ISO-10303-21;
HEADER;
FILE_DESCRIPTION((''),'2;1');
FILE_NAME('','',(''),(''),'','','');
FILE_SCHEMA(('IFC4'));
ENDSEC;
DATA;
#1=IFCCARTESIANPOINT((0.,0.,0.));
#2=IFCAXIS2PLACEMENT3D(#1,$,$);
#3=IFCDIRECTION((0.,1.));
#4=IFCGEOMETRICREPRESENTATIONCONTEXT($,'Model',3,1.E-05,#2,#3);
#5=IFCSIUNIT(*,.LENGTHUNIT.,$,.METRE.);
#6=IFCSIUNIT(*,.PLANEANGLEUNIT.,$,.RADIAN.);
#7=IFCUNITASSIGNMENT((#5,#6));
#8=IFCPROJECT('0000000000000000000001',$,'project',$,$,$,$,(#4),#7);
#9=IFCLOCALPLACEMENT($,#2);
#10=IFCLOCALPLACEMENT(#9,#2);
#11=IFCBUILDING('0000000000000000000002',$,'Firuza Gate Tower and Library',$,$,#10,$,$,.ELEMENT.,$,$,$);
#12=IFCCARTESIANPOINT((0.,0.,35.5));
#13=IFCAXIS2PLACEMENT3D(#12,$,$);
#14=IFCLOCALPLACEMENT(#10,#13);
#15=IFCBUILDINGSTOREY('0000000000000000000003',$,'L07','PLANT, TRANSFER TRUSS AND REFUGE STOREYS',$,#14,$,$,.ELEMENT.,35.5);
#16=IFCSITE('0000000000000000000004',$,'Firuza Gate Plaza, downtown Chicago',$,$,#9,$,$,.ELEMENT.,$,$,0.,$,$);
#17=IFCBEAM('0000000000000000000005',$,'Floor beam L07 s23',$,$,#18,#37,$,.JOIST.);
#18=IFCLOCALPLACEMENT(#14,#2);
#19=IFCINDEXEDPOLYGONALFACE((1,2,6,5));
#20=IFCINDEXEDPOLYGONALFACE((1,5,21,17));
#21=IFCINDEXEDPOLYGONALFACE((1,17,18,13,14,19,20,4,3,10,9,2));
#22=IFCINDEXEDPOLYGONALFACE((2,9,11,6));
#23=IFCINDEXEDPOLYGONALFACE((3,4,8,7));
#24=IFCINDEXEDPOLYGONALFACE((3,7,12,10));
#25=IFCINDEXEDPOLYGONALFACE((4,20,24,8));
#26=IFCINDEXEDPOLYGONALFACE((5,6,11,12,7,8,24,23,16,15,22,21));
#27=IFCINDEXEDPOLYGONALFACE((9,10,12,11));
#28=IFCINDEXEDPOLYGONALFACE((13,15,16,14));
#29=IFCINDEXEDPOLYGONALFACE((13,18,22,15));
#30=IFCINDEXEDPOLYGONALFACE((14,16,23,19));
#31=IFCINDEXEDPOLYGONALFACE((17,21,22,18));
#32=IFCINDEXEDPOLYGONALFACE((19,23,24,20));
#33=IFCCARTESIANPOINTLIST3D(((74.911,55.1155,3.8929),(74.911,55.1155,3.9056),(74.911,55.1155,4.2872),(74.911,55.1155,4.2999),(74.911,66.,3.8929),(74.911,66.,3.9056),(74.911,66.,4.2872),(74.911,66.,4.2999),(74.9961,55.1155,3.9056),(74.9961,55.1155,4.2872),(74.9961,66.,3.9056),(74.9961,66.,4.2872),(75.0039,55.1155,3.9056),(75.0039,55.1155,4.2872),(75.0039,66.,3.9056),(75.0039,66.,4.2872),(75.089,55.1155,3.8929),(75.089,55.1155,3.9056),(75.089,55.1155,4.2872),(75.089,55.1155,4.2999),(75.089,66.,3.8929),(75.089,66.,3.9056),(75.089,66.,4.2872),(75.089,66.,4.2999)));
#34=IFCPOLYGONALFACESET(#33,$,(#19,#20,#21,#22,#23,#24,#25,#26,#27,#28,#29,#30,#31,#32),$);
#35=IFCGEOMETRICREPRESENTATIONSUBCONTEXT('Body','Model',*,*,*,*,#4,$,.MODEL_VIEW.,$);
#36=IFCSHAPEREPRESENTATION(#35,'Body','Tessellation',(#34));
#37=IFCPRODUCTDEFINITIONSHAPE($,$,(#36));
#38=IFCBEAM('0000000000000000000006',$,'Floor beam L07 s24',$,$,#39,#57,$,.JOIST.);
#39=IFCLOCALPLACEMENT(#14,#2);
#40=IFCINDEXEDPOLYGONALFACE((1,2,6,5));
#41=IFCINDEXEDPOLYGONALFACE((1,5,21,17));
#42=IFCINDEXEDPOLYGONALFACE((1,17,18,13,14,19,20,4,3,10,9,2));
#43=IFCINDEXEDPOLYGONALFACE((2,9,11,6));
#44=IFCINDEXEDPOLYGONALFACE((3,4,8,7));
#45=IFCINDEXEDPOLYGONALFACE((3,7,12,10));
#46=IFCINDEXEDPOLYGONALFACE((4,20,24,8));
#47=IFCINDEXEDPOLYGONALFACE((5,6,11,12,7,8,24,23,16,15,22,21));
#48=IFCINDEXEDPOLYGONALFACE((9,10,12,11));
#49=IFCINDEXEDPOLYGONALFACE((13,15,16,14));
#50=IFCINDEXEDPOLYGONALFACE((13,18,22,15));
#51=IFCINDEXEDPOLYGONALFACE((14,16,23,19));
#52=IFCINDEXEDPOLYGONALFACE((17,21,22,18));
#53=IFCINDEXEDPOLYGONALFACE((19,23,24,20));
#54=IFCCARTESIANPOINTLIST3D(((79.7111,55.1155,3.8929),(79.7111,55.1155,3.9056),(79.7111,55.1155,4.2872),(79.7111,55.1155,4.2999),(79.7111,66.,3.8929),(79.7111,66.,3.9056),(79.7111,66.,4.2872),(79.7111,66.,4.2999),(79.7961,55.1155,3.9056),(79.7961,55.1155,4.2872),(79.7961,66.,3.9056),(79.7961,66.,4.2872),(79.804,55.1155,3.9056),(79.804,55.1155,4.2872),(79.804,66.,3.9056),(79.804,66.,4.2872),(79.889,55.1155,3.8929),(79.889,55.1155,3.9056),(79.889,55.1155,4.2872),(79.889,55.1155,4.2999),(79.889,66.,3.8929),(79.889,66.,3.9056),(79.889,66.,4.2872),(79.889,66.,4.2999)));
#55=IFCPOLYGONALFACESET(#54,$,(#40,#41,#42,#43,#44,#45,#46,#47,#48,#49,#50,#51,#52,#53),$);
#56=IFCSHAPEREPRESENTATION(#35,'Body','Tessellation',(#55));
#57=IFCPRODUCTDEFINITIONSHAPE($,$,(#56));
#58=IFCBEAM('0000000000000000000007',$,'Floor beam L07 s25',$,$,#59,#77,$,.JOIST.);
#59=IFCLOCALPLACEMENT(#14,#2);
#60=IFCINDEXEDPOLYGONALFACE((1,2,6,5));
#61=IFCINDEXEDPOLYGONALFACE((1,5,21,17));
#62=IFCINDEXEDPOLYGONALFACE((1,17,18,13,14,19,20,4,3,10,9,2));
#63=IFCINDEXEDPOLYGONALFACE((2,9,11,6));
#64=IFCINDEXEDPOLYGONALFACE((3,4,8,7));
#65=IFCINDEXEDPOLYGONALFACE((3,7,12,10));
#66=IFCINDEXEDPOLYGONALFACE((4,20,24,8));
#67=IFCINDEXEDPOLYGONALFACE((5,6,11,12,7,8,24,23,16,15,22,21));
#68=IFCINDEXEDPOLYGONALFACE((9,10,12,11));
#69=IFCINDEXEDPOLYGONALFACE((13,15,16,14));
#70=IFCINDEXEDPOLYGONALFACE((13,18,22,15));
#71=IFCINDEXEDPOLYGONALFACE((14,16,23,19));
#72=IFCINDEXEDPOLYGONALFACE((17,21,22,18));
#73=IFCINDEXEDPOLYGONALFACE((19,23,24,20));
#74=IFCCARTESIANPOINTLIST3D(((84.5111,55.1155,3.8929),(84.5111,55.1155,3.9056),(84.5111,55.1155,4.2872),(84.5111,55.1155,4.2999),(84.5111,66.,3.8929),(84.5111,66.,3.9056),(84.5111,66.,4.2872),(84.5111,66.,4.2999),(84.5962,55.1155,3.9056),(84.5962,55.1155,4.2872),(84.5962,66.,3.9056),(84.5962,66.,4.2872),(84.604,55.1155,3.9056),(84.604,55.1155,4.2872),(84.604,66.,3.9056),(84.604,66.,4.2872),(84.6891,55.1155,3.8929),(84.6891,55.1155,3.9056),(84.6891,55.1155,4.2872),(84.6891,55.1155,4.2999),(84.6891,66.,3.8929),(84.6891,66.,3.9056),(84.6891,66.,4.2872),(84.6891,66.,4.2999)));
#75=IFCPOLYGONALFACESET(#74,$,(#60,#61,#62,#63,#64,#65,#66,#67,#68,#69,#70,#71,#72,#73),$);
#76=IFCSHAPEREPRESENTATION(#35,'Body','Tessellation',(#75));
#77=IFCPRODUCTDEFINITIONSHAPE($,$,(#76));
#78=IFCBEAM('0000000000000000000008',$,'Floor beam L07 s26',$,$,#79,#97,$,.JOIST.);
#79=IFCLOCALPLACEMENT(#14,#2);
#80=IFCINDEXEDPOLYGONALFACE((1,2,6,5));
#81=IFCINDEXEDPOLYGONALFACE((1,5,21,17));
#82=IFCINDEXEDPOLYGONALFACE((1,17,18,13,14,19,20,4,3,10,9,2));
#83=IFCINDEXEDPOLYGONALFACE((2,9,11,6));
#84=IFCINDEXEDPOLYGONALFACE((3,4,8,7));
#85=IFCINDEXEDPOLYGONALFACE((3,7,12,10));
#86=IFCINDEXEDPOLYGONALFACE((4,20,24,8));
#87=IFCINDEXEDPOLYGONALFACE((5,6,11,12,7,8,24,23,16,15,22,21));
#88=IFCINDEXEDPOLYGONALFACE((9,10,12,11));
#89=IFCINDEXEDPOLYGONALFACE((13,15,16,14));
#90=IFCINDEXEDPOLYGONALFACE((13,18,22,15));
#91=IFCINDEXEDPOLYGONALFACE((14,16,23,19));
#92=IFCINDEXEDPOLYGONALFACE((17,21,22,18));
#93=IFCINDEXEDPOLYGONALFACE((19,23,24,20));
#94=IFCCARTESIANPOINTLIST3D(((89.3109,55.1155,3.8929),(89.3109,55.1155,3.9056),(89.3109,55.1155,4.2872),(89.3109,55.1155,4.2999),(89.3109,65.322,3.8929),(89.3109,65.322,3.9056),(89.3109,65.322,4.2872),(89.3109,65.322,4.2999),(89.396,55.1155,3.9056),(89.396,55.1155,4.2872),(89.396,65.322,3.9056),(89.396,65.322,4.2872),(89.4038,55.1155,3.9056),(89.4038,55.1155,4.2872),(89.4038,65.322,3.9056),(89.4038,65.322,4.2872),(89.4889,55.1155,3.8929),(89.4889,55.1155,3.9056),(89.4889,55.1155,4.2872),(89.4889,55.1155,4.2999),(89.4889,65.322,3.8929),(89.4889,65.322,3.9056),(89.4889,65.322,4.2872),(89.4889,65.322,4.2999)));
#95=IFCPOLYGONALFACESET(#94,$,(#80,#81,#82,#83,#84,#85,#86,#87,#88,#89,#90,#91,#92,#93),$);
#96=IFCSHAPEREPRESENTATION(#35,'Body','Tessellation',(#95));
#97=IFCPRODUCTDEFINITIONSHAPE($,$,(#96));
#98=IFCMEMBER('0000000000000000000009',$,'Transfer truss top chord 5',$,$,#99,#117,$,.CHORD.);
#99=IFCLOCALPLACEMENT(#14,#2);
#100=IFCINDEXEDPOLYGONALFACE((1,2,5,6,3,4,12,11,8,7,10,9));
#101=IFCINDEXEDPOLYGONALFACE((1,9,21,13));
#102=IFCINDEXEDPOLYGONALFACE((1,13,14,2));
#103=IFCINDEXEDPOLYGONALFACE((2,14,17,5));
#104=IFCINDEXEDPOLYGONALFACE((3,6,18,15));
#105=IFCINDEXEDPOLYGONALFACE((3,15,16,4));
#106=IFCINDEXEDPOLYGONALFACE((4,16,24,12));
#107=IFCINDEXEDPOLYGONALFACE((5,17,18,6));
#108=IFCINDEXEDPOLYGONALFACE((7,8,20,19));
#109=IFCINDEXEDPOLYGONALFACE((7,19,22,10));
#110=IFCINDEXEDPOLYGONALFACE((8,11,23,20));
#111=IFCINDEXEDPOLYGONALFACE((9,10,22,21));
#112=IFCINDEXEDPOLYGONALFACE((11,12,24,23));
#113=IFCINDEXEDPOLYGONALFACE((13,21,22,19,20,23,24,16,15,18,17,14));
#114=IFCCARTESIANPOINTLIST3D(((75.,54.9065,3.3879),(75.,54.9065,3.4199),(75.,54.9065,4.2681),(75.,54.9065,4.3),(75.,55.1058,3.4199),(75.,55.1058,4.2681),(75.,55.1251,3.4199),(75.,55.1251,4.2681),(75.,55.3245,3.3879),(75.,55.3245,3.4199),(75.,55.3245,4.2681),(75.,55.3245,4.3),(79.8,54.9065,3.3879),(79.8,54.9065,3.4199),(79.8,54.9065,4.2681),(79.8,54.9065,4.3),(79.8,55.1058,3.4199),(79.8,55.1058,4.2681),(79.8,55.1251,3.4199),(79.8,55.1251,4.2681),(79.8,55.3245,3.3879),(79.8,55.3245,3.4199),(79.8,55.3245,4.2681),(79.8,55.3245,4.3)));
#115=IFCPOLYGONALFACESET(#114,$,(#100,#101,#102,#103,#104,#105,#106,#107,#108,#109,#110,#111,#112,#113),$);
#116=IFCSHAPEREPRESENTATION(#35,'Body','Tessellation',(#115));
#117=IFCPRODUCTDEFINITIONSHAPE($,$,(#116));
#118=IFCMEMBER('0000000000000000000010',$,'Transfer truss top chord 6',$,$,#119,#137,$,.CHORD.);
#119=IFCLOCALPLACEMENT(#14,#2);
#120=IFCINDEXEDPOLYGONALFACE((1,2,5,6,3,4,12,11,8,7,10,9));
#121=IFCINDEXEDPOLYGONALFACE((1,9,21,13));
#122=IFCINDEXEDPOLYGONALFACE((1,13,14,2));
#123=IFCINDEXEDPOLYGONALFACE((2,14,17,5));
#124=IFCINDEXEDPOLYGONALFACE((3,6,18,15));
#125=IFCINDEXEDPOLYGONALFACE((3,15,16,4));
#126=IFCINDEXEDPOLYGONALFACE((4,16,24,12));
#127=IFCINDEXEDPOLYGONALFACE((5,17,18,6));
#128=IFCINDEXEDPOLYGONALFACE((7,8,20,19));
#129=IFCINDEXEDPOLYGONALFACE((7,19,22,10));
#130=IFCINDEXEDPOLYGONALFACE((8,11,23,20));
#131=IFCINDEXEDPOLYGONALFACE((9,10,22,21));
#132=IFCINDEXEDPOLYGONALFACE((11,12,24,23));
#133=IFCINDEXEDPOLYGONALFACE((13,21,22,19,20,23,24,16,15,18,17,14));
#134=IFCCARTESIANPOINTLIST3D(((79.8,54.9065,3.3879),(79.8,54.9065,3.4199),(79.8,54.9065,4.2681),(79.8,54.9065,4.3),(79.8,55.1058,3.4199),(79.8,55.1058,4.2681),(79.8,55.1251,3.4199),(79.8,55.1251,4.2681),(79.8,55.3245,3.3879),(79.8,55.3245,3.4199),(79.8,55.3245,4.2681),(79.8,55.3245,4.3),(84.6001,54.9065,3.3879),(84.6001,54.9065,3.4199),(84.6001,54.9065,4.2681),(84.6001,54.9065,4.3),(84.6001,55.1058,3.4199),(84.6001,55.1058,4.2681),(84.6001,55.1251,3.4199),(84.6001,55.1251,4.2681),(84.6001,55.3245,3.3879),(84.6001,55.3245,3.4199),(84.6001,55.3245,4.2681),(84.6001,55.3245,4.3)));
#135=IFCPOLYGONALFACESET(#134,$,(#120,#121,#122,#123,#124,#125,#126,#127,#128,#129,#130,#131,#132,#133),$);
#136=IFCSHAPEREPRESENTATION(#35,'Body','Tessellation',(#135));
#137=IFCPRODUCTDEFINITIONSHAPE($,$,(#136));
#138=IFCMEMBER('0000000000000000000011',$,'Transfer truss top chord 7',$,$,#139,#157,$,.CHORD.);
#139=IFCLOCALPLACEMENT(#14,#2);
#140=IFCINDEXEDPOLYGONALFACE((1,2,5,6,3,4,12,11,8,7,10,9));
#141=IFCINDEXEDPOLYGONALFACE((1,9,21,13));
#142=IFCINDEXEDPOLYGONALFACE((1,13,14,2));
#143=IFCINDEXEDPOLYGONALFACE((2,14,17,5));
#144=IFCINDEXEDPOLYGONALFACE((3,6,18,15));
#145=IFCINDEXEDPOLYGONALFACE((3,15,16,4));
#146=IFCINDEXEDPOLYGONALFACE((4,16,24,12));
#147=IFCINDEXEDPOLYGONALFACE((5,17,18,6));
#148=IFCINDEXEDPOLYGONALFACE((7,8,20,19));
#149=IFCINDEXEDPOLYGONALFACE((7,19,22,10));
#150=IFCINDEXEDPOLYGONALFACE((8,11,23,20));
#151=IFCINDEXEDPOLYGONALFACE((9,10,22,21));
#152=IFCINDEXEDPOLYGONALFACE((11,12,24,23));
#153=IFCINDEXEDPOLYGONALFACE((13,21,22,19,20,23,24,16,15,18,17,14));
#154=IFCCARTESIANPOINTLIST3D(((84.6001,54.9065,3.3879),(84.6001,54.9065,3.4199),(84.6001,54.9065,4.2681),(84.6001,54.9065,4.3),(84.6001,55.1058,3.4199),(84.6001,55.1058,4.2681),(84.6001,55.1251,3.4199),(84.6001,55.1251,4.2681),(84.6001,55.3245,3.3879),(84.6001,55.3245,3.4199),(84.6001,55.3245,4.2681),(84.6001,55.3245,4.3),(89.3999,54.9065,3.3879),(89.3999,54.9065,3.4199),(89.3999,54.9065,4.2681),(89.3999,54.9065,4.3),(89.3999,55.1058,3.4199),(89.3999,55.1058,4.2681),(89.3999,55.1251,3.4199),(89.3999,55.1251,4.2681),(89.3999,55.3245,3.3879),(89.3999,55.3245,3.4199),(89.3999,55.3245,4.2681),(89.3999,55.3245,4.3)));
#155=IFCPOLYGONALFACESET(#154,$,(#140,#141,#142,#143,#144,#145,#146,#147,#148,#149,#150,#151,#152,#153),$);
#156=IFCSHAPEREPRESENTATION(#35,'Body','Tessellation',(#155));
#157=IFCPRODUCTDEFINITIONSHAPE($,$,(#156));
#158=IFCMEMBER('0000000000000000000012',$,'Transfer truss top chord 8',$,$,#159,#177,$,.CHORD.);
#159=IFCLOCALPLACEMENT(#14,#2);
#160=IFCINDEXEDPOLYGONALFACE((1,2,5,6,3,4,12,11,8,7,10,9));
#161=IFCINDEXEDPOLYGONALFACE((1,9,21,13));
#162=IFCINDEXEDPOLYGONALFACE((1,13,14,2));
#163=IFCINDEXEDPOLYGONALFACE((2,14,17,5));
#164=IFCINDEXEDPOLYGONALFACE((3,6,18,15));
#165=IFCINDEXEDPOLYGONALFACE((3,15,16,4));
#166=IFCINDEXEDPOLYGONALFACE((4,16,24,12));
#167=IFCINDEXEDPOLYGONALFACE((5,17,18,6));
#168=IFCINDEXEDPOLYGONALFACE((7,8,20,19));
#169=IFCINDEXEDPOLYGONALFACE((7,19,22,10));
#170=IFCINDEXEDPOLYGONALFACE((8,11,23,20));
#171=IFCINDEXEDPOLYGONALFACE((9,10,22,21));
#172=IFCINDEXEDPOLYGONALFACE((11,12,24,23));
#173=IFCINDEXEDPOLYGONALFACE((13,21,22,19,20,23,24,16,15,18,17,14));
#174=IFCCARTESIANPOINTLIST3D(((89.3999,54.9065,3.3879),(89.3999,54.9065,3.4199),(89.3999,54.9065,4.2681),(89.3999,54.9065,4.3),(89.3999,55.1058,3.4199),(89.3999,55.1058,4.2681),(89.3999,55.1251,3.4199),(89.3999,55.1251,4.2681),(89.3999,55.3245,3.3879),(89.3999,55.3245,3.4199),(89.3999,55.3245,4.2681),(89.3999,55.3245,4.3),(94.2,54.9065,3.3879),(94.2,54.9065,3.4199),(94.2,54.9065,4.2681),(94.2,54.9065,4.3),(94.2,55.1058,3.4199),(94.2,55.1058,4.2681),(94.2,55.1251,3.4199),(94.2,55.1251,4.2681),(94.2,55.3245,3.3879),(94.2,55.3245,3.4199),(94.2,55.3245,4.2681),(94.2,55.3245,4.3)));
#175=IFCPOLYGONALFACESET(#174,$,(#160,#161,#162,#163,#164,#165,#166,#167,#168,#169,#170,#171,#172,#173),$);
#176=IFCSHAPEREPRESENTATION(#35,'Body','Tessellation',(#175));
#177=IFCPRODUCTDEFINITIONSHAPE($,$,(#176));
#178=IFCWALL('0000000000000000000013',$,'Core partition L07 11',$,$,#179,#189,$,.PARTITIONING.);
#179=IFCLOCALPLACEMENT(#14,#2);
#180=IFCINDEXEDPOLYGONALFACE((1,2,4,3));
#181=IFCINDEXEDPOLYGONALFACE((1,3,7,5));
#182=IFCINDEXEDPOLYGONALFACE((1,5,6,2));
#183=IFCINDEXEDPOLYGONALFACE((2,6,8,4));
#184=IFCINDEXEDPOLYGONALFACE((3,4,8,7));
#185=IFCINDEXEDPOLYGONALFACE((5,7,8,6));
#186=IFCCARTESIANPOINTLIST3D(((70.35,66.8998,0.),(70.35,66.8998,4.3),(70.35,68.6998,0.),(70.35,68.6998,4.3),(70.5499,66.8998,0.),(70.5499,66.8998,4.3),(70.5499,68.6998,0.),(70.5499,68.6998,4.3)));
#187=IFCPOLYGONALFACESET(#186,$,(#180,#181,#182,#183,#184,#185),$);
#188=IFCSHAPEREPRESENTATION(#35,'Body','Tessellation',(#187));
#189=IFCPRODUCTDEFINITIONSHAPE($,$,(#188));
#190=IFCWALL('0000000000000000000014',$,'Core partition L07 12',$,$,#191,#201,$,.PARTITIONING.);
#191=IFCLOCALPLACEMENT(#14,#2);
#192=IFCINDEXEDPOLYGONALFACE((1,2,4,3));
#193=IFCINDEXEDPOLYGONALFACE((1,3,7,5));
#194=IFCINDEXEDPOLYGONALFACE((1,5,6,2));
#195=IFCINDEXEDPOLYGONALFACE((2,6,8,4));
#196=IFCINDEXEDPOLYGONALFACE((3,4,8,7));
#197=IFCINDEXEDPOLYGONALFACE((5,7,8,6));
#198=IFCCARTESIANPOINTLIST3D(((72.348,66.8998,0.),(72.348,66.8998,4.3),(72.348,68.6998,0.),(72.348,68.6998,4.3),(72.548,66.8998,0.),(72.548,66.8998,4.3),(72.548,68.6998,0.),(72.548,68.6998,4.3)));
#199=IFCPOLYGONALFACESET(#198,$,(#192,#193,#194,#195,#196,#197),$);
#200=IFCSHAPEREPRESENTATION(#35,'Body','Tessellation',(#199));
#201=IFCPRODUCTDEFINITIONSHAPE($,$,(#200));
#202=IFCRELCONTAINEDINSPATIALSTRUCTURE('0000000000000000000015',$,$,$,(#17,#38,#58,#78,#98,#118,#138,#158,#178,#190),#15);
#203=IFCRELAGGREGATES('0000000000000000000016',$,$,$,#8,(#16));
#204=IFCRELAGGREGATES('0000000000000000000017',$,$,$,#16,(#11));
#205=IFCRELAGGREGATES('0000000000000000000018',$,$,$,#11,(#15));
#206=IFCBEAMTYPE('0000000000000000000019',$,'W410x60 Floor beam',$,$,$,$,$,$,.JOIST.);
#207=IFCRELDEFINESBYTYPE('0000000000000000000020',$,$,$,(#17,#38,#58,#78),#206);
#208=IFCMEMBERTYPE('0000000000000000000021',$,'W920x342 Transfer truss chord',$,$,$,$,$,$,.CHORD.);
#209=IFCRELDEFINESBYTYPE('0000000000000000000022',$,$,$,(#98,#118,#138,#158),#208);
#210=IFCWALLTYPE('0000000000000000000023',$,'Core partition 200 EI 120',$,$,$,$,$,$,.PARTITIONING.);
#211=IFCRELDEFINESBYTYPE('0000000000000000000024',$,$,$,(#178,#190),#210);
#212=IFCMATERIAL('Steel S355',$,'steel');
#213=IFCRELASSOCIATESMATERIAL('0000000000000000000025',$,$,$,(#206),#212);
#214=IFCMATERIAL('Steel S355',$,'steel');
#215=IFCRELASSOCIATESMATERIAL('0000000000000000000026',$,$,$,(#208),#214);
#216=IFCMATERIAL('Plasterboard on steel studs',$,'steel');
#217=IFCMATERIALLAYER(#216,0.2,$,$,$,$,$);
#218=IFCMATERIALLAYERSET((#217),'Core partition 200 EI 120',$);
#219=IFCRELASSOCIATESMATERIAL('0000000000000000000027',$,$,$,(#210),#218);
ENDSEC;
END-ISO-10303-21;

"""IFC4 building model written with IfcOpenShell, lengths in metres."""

from ifc_helpers import new_model, si_unit, direction, frame, frame_2d, origin, origin_2d, place, context, subcontext, project, spatial, rectangle, i_section, extrude, material, layer, layer_set, material_profile, profile_set, type_object, element, save


model = new_model("IFC4")

# Units and contexts
model_context = context("Model", 3, precision=1e-05, world=origin(), true_north=direction((0.0, 1.0)))
body_context = subcontext(model_context, "Body", "Model", "MODEL_VIEW")
ifc_project = project(units=[si_unit("LENGTHUNIT", "METRE"), si_unit("PLANEANGLEUNIT", "RADIAN")], contexts=[model_context])

# Site, building, storey
site_placement = place(None, origin())
site = spatial("IfcSite", under=ifc_project, at=site_placement, Name="Firuza Gate Plaza, downtown Chicago", CompositionType="ELEMENT", RefElevation=0.0)
building_placement = place(site_placement, origin())
building = spatial("IfcBuilding", under=site, at=building_placement, Name="Firuza Gate Tower and Library", CompositionType="ELEMENT")
storey_placement = place(building_placement, frame((0.0, 0.0, 35.5)))
storey = spatial("IfcBuildingStorey", under=building, at=storey_placement, Name="L07", Description="PLANT, TRANSFER TRUSS AND REFUGE STOREYS", CompositionType="ELEMENT", Elevation=35.5)

# Beams
ifc_material_1 = material(Name="Steel S355", Category="steel")
ifc_material_profile_1 = material_profile(ifc_material_1, i_section(OverallWidth=0.178, OverallDepth=0.407, WebThickness=0.0078, FlangeThickness=0.0127, at=origin_2d()))
ifc_profile_set_1 = profile_set([ifc_material_profile_1], Name="Steel S355")
beam_type = type_object("IfcBeamType", Name="W410x60 Floor beam", PredefinedType="JOIST", material=ifc_profile_set_1)
for number, where, z_axis, x_axis, name in (
    (1, (75.0, 55.1155, 4.0964), (0.0, 1.0, 0.0), (-1.0, 0.0, 0.0), "Floor beam L07 s23"),
    (2, (79.8, 55.1155, 4.0964), (0.0, 1.0, 0.0), (-1.0, 0.0, 0.0), "Floor beam L07 s24"),
    (3, (84.6001, 55.1155, 4.0964), (0.0, 1.0, 0.0), (-1.0, 0.0, 0.0), "Floor beam L07 s25"),
):
    element("IfcBeam", number, at=place(storey_placement, frame(where, z_axis=z_axis, x_axis=x_axis)), inside=storey, type_object=beam_type, Name=name, PredefinedType="JOIST", context=body_context, shape_type="SweptSolid", body=[
        extrude(i_section(OverallWidth=0.178, OverallDepth=0.407, WebThickness=0.0078, FlangeThickness=0.0127, at=origin_2d()), origin(), (0.0, 0.0, 1.0), 10.8845),
    ])
beam_placement = place(storey_placement, frame((89.3999, 55.1155, 4.0964), z_axis=(0.0, 1.0, 0.0), x_axis=(-1.0, 0.0, 0.0)))
element("IfcBeam", 4, at=beam_placement, inside=storey, type_object=beam_type, Name="Floor beam L07 s26", PredefinedType="JOIST", context=body_context, shape_type="SweptSolid", body=[
    extrude(i_section(OverallWidth=0.178, OverallDepth=0.407, WebThickness=0.0078, FlangeThickness=0.0127, at=origin_2d()), origin(), (0.0, 0.0, 1.0), 10.2065),
])

# Members
ifc_material_2 = material(Name="Steel S355", Category="steel")
ifc_material_profile_2 = material_profile(ifc_material_2, i_section(OverallWidth=0.418, OverallDepth=0.9121, WebThickness=0.0193, FlangeThickness=0.032, at=origin_2d()))
ifc_profile_set_2 = profile_set([ifc_material_profile_2], Name="Steel S355")
member_type = type_object("IfcMemberType", Name="W920x342 Transfer truss chord", PredefinedType="CHORD", material=ifc_profile_set_2)
for number, where, z_axis, x_axis, name in (
    (5, (75.0, 55.1155, 3.844), (1.0, 0.0, 0.0), (0.0, 1.0, 0.0), "Transfer truss top chord 5"),
    (6, (79.8, 55.1155, 3.844), (1.0, 0.0, 0.0), (0.0, 1.0, 0.0), "Transfer truss top chord 6"),
):
    element("IfcMember", number, at=place(storey_placement, frame(where, z_axis=z_axis, x_axis=x_axis)), inside=storey, type_object=member_type, Name=name, PredefinedType="CHORD", context=body_context, shape_type="SweptSolid", body=[
        extrude(i_section(OverallWidth=0.418, OverallDepth=0.9121, WebThickness=0.0193, FlangeThickness=0.032, at=origin_2d()), origin(), (0.0, 0.0, 1.0), 4.8),
    ])
member_1_placement = place(storey_placement, frame((84.6001, 55.1155, 3.844), z_axis=(1.0, 0.0, 0.0), x_axis=(0.0, 1.0, 0.0)))
element("IfcMember", 7, at=member_1_placement, inside=storey, type_object=member_type, Name="Transfer truss top chord 7", PredefinedType="CHORD", context=body_context, shape_type="SweptSolid", body=[
    extrude(i_section(OverallWidth=0.418, OverallDepth=0.9121, WebThickness=0.0193, FlangeThickness=0.032, at=origin_2d()), origin(), (0.0, 0.0, 1.0), 4.7998),
])
member_2_placement = place(storey_placement, frame((89.3999, 55.1155, 3.844), z_axis=(1.0, 0.0, 0.0), x_axis=(0.0, 1.0, 0.0)))
element("IfcMember", 8, at=member_2_placement, inside=storey, type_object=member_type, Name="Transfer truss top chord 8", PredefinedType="CHORD", context=body_context, shape_type="SweptSolid", body=[
    extrude(i_section(OverallWidth=0.418, OverallDepth=0.9121, WebThickness=0.0193, FlangeThickness=0.032, at=origin_2d()), origin(), (0.0, 0.0, 1.0), 4.8),
])

# Walls
ifc_material_3 = material(Name="Plasterboard on steel studs", Category="steel")
ifc_layer_1 = layer(ifc_material_3, 0.2)
ifc_layer_set_1 = layer_set([ifc_layer_1], Name="Core partition 200 EI 120")
wall_type_1 = type_object("IfcWallType", Name="Core partition 200 EI 120", PredefinedType="PARTITIONING", material=ifc_layer_set_1)
for number, where, z_axis, x_axis, name in (
    (9, (70.45, 66.8999, 0.0), (0.0, 0.0, 1.0), (0.0, 1.0, 0.0), "Core partition L07 11"),
    (10, (72.448, 66.8999, 0.0), (0.0, 0.0, 1.0), (0.0, 1.0, 0.0), "Core partition L07 12"),
):
    element("IfcWall", number, at=place(storey_placement, frame(where, z_axis=z_axis, x_axis=x_axis)), inside=storey, type_object=wall_type_1, Name=name, PredefinedType="PARTITIONING", context=body_context, shape_type="SweptSolid", body=[
        extrude(rectangle(XDim=1.8, YDim=0.2, at=frame_2d((0.8999, 0.0))), origin(), (0.0, 0.0, 1.0), 4.3),
    ])

save(model, "model.ifc")
